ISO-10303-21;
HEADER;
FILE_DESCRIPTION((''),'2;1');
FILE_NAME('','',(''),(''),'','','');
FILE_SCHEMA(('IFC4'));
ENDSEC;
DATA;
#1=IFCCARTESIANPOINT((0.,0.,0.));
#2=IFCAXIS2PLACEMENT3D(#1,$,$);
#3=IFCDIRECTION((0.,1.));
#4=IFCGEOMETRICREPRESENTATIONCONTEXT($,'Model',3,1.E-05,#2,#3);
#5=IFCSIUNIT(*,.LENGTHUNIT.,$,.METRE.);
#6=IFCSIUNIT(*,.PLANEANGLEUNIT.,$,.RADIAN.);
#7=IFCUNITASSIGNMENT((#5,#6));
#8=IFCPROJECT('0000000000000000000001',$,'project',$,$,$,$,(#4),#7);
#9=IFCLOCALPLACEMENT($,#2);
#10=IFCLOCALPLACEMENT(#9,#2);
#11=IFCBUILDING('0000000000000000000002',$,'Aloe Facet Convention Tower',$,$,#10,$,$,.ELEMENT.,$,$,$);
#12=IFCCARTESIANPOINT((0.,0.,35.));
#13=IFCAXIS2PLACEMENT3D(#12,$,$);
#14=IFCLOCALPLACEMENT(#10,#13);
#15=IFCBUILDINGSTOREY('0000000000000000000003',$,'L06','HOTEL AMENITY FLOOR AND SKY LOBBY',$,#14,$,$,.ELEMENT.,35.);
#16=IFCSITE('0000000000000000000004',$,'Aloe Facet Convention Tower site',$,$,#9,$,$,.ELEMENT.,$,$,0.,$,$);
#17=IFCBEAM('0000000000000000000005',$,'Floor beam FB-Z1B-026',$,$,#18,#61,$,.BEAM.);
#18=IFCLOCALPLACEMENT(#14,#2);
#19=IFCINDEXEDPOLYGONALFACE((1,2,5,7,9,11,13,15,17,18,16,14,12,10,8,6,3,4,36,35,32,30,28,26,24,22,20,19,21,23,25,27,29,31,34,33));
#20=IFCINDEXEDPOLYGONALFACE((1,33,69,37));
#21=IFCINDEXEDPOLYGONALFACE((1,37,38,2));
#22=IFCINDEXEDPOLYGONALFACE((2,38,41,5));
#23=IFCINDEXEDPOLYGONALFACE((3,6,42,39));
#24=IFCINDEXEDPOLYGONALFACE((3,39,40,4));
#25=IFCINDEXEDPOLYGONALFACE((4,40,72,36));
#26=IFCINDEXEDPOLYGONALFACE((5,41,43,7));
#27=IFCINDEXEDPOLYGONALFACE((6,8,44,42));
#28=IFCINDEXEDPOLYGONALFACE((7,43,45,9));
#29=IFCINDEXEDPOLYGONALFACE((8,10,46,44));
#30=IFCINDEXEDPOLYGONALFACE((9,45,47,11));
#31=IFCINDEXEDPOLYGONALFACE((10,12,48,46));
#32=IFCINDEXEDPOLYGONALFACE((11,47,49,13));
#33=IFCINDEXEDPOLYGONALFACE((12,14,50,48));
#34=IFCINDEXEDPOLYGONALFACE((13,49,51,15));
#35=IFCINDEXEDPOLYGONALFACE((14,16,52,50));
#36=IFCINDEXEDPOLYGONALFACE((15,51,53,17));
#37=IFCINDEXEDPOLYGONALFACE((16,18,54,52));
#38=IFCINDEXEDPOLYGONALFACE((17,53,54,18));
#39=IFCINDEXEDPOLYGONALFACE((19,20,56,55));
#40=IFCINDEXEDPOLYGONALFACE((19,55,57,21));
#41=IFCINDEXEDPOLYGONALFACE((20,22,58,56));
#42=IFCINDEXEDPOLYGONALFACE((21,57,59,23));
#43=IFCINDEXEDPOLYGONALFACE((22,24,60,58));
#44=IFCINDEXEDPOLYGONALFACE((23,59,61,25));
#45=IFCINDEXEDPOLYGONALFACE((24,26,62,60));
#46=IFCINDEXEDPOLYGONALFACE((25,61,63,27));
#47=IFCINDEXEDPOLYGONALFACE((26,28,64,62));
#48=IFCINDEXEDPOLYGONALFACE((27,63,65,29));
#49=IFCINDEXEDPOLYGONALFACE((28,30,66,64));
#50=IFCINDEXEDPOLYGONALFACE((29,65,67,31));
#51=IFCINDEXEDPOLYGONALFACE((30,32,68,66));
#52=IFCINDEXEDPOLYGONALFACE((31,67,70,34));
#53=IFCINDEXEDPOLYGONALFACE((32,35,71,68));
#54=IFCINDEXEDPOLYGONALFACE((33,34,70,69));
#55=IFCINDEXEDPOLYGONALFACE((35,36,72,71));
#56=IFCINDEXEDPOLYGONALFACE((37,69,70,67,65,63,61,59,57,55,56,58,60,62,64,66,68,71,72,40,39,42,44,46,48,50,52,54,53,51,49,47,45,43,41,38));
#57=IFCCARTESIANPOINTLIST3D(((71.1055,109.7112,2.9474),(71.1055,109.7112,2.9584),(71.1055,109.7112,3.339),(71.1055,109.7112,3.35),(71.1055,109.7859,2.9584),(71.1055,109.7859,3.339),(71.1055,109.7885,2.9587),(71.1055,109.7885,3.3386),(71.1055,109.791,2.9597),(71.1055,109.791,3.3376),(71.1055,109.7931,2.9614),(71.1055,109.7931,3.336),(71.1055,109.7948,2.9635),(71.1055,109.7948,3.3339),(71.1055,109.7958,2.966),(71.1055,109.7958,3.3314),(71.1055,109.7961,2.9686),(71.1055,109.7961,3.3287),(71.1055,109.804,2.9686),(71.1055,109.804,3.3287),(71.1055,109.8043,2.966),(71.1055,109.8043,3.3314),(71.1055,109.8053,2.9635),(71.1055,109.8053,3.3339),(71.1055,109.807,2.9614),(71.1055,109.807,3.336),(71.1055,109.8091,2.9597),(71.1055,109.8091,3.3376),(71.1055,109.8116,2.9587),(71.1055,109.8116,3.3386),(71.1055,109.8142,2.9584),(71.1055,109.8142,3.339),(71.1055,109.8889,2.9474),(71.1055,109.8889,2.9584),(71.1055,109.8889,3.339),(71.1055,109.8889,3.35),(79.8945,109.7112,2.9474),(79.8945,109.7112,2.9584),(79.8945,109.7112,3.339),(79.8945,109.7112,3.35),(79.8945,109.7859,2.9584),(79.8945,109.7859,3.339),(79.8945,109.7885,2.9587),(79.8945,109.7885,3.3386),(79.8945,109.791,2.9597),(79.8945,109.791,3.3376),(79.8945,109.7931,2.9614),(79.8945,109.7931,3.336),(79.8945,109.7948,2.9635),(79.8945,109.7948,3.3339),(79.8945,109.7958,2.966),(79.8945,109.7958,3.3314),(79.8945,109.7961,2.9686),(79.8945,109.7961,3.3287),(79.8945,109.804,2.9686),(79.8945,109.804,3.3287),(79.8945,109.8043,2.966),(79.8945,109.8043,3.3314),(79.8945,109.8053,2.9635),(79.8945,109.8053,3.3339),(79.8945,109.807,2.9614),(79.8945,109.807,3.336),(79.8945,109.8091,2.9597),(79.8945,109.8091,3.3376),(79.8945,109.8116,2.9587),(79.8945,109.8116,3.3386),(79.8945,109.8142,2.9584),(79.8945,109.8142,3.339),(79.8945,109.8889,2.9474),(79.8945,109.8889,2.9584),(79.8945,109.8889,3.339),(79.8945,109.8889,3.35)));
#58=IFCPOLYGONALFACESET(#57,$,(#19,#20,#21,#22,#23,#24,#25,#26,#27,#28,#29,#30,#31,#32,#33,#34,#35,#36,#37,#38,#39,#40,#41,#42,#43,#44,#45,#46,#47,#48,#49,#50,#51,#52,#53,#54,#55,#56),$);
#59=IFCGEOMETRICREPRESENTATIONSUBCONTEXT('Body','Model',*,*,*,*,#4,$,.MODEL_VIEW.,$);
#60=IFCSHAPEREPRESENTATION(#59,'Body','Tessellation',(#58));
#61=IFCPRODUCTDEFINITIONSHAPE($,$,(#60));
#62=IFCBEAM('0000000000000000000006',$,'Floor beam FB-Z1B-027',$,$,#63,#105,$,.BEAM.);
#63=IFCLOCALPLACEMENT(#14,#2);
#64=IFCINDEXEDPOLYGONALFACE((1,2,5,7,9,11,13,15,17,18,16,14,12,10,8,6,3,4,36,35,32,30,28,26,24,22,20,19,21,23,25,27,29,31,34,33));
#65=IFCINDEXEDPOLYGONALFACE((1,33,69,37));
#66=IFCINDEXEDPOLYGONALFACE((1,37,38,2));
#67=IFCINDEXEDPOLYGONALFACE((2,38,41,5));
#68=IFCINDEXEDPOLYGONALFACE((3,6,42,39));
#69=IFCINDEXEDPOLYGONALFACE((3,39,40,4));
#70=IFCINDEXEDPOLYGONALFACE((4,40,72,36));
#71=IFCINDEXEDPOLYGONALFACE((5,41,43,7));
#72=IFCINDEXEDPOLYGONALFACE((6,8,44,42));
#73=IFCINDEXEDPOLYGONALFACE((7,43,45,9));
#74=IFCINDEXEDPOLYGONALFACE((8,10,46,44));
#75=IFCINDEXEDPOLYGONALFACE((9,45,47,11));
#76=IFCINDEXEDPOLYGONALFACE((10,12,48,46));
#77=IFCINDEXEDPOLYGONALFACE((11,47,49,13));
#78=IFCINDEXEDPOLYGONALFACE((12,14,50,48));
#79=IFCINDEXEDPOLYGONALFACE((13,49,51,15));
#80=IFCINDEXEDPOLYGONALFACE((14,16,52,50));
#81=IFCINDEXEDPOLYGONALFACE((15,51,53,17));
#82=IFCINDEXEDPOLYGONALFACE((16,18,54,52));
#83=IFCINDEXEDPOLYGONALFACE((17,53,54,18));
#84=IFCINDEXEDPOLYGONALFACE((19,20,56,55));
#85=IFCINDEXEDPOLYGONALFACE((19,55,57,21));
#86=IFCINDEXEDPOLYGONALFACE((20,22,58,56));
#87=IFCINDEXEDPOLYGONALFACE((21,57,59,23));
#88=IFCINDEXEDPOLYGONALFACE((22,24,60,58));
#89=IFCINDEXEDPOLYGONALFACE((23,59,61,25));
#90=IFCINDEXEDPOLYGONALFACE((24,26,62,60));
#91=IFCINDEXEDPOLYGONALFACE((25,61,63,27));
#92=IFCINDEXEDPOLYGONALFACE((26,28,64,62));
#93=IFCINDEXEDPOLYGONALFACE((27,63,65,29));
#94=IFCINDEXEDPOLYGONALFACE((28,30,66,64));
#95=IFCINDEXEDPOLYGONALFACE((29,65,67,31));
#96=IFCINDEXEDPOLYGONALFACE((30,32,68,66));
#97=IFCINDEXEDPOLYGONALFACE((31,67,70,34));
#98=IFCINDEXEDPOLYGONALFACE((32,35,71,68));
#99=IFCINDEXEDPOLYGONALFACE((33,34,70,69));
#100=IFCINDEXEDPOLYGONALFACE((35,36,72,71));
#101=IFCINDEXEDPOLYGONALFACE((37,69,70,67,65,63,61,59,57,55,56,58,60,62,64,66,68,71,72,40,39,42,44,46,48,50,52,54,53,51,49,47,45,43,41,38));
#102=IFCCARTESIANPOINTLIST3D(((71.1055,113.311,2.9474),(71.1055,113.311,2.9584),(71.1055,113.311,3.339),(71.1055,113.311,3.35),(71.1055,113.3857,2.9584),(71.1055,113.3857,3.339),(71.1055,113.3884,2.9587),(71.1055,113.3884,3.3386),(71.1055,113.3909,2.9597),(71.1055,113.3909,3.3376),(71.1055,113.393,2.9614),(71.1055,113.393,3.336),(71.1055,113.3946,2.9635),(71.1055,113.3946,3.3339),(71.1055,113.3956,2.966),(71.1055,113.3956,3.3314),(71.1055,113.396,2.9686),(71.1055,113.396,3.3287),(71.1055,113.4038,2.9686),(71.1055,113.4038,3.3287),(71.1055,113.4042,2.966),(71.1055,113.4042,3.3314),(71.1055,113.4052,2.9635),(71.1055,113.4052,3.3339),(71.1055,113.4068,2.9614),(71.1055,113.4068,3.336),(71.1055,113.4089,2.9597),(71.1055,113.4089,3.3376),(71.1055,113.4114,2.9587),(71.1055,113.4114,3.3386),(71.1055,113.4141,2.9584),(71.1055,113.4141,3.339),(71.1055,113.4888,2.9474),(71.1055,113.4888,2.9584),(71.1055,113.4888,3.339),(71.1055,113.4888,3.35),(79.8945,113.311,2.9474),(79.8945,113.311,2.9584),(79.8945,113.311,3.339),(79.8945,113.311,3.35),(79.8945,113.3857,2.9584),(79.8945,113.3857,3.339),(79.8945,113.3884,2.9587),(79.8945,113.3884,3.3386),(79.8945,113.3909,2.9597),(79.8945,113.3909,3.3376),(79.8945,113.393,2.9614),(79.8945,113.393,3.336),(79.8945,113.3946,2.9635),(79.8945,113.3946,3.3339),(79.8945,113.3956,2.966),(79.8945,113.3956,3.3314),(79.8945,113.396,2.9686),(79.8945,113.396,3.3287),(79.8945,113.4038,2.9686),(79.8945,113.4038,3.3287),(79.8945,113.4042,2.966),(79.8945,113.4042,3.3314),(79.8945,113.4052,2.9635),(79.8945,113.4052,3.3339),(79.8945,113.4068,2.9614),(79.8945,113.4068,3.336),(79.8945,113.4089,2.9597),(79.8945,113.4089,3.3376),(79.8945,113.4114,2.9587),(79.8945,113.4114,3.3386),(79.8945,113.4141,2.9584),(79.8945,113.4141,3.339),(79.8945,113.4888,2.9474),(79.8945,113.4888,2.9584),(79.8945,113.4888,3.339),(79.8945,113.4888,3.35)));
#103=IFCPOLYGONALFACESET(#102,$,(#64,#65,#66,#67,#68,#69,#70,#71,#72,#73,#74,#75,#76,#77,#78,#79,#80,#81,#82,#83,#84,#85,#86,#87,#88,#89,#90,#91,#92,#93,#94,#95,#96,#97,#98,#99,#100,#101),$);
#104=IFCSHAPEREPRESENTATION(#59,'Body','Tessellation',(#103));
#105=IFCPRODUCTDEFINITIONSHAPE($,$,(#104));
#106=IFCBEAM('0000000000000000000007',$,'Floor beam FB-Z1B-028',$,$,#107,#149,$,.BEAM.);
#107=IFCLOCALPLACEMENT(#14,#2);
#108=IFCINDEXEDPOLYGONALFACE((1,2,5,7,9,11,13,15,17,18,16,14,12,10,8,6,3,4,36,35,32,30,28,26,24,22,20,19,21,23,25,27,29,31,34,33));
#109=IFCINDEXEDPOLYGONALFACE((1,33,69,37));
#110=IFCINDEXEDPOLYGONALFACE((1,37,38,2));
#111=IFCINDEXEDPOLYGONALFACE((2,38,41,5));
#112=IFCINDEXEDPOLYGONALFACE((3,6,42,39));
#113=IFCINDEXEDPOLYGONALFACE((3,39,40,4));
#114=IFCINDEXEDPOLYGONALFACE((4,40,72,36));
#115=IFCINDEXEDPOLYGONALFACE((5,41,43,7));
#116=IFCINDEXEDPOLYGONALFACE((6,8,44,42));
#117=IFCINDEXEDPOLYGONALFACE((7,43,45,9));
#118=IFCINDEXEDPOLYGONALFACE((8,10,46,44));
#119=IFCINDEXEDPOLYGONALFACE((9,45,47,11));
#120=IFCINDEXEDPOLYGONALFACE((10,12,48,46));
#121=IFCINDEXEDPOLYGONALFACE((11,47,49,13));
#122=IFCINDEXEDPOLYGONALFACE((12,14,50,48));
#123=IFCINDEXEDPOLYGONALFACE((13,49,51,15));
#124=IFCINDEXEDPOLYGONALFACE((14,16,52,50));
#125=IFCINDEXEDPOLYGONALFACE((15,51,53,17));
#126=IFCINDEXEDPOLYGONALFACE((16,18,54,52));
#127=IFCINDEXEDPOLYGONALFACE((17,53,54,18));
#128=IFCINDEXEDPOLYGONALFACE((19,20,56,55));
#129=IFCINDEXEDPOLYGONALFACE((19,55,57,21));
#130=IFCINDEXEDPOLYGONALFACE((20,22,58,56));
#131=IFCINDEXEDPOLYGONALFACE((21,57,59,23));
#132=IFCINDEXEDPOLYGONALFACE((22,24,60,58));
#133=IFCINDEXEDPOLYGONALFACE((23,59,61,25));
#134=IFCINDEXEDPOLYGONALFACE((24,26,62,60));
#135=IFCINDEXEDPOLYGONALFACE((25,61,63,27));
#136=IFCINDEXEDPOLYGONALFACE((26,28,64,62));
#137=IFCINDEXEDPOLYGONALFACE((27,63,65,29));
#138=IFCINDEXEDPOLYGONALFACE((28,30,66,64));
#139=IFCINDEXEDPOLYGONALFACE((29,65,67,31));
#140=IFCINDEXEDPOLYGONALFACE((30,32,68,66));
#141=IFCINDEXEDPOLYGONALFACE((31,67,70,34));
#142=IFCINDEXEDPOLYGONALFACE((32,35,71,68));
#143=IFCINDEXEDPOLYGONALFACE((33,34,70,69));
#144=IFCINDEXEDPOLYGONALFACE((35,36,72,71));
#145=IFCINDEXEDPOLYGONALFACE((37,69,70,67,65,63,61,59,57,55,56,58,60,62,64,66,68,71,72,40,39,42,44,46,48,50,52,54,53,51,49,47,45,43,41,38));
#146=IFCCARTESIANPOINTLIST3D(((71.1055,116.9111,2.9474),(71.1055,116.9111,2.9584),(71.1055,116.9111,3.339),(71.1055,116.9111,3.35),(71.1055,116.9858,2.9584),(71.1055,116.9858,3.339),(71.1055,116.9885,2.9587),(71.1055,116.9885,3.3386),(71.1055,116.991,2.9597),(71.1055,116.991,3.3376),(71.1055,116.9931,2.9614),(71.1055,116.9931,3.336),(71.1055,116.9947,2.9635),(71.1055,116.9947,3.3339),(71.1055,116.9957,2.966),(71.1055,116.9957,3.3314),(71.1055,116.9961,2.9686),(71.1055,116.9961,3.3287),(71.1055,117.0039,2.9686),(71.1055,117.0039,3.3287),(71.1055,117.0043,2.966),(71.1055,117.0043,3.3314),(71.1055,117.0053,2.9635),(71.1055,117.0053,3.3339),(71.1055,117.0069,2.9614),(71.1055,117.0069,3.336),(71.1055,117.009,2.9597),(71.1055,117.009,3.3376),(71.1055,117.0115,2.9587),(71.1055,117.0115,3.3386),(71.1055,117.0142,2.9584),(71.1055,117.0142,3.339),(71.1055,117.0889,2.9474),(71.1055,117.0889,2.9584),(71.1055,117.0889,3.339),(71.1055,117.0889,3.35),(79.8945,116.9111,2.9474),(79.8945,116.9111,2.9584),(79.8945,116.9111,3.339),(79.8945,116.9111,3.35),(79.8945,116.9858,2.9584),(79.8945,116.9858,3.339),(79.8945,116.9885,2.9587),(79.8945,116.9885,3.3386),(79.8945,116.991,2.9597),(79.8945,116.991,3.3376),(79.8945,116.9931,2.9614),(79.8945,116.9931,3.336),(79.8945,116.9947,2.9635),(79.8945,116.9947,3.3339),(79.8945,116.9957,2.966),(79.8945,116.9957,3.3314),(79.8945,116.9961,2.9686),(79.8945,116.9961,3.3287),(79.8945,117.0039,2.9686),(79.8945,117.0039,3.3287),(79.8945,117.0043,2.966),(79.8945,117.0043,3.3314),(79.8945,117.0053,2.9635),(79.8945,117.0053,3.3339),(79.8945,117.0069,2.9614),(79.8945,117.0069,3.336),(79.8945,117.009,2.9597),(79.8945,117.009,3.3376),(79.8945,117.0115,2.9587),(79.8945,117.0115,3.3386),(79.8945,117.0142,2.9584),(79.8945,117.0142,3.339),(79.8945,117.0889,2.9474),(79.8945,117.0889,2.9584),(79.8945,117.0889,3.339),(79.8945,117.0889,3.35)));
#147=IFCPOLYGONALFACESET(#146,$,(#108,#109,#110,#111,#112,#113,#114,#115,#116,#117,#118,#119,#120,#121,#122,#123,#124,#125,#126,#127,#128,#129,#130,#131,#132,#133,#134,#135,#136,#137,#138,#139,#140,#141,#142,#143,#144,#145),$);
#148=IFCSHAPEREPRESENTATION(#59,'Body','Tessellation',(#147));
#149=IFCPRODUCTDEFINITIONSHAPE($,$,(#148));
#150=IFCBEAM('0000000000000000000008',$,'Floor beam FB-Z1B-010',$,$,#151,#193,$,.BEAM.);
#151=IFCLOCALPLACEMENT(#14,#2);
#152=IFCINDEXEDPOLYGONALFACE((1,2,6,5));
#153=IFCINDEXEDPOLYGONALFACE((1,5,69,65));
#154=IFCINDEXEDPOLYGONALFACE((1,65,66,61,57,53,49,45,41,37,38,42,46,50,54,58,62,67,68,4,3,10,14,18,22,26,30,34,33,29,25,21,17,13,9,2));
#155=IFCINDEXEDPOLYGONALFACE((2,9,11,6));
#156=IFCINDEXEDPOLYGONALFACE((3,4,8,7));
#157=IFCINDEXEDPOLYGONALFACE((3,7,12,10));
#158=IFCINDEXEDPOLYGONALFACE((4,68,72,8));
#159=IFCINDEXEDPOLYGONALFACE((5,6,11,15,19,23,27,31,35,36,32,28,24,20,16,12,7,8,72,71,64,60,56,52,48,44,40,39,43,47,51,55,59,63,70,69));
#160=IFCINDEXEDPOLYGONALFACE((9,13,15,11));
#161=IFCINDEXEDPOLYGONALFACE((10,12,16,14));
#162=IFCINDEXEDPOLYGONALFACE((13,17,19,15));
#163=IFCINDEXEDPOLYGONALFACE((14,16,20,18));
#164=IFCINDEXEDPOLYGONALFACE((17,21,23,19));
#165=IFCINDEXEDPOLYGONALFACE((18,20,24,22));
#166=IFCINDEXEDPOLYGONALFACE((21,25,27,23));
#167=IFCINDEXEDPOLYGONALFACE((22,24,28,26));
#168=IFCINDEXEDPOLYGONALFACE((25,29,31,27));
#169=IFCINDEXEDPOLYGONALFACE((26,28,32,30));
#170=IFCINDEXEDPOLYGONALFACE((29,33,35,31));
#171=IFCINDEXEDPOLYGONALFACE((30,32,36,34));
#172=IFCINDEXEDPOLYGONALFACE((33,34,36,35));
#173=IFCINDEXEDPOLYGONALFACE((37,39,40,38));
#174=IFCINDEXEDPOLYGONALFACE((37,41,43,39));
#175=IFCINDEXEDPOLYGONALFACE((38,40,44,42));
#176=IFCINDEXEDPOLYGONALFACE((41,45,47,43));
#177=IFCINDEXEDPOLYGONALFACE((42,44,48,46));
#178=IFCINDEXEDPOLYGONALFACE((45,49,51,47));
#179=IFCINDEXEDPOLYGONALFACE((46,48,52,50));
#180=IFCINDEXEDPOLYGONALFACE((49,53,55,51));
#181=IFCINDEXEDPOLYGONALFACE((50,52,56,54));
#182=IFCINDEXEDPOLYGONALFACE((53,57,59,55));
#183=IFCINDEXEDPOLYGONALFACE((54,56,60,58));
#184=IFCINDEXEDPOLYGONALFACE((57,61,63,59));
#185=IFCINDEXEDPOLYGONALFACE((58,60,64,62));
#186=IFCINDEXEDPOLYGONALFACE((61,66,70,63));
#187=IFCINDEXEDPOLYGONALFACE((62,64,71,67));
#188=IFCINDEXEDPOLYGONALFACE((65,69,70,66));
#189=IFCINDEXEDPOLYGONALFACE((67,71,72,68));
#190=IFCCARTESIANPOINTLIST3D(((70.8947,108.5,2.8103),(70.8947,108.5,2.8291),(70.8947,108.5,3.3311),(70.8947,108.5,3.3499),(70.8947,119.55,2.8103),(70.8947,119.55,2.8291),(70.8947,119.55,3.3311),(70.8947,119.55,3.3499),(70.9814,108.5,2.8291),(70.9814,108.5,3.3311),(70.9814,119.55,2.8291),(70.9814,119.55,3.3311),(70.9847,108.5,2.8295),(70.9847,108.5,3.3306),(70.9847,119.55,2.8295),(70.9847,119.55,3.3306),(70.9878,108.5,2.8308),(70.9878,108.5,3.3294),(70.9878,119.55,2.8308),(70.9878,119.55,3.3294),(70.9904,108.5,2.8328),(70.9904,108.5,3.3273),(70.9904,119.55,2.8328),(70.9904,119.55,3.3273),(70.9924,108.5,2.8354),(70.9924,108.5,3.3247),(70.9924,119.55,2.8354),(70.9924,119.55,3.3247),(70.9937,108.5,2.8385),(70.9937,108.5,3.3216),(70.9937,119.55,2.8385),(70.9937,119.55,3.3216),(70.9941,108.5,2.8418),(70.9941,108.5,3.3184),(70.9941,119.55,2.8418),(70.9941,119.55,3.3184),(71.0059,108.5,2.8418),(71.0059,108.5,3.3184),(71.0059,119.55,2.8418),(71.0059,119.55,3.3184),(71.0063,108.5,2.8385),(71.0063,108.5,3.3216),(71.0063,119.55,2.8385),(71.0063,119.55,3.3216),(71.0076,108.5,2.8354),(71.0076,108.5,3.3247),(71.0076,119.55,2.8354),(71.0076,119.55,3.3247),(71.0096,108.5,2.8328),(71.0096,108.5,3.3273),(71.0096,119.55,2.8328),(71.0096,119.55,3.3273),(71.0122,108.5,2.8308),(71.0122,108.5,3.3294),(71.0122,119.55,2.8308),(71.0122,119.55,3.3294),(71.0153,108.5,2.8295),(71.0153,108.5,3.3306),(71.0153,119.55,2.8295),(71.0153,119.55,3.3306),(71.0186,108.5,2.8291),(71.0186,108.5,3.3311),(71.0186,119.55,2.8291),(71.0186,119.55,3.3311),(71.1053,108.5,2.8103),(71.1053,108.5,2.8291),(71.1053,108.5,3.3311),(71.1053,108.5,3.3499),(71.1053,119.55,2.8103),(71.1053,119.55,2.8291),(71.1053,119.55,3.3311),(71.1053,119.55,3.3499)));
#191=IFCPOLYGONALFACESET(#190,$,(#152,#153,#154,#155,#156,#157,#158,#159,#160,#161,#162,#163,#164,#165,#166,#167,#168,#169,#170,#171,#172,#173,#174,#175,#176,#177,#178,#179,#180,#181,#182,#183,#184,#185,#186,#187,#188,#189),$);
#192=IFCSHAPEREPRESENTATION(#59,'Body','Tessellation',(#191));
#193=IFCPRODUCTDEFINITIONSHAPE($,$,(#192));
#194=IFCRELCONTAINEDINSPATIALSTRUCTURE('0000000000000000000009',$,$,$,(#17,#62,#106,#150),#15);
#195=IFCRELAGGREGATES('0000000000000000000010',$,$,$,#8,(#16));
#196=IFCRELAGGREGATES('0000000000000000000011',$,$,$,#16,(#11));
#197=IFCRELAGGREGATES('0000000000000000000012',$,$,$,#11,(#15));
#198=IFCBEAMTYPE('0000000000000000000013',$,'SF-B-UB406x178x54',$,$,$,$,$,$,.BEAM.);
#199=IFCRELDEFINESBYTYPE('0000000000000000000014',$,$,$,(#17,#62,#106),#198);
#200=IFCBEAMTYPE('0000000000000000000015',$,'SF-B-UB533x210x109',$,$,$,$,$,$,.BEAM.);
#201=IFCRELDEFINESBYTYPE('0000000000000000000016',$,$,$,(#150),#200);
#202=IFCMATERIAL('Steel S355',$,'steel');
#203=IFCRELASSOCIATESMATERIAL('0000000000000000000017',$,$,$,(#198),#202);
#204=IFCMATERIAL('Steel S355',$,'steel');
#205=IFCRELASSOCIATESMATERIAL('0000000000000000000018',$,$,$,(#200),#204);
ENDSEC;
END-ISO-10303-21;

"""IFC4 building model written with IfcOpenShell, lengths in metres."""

from ifc_helpers import new_model, si_unit, direction, frame, origin, origin_2d, place, context, subcontext, project, spatial, i_section, extrude, material, material_profile, profile_set, type_object, element, save


model = new_model("IFC4")

# Units and contexts
model_context = context("Model", 3, precision=1e-05, world=origin(), true_north=direction((0.0, 1.0)))
body_context = subcontext(model_context, "Body", "Model", "MODEL_VIEW")
ifc_project = project(units=[si_unit("LENGTHUNIT", "METRE"), si_unit("PLANEANGLEUNIT", "RADIAN")], contexts=[model_context])

# Site, building, storey
site_placement = place(None, origin())
site = spatial("IfcSite", under=ifc_project, at=site_placement, Name="Aloe Facet Convention Tower site", CompositionType="ELEMENT", RefElevation=0.0)
building_placement = place(site_placement, origin())
building = spatial("IfcBuilding", under=site, at=building_placement, Name="Aloe Facet Convention Tower", CompositionType="ELEMENT")
storey_placement = place(building_placement, frame((0.0, 0.0, 35.0)))
storey = spatial("IfcBuildingStorey", under=building, at=storey_placement, Name="L06", Description="HOTEL AMENITY FLOOR AND SKY LOBBY", CompositionType="ELEMENT", Elevation=35.0)

# Beams
ifc_material_1 = material(Name="Steel S355", Category="steel")
ifc_material_profile_1 = material_profile(ifc_material_1, i_section(OverallWidth=0.1777, OverallDepth=0.4026, WebThickness=0.0078, FlangeThickness=0.011, FilletRadius=0.0103, at=origin_2d()), Name="UB 406x178x54")
ifc_profile_set_1 = profile_set([ifc_material_profile_1], Name="Steel S355")
beam_type_1 = type_object("IfcBeamType", Name="SF-B-UB406x178x54", PredefinedType="BEAM", material=ifc_profile_set_1)
for number, where, z_axis, x_axis, name in (
    (1, (71.1055, 109.8, 3.1487), (1.0, 0.0, 0.0), (0.0, 1.0, 0.0), "Floor beam FB-Z1B-026"),
    (2, (71.1055, 113.3999, 3.1487), (1.0, 0.0, 0.0), (0.0, 1.0, 0.0), "Floor beam FB-Z1B-027"),
    (3, (71.1055, 117.0, 3.1487), (1.0, 0.0, 0.0), (0.0, 1.0, 0.0), "Floor beam FB-Z1B-028"),
):
    element("IfcBeam", number, at=place(storey_placement, frame(where, z_axis=z_axis, x_axis=x_axis)), inside=storey, type_object=beam_type_1, Name=name, PredefinedType="BEAM", context=body_context, shape_type="SweptSolid", body=[
        extrude(i_section(OverallWidth=0.1777, OverallDepth=0.4026, WebThickness=0.0078, FlangeThickness=0.011, FilletRadius=0.0103, at=origin_2d()), origin(), (0.0, 0.0, 1.0), 8.7891),
    ])
ifc_material_2 = material(Name="Steel S355", Category="steel")
ifc_material_profile_2 = material_profile(ifc_material_2, i_section(OverallWidth=0.2107, OverallDepth=0.5396, WebThickness=0.0117, FlangeThickness=0.0188, FilletRadius=0.0127, at=origin_2d()), Name="UB 533x210x109")
ifc_profile_set_2 = profile_set([ifc_material_profile_2], Name="Steel S355")
beam_type_2 = type_object("IfcBeamType", Name="SF-B-UB533x210x109", PredefinedType="BEAM", material=ifc_profile_set_2)
beam_placement = place(storey_placement, frame((71.0, 119.55, 3.0801), z_axis=(0.0, -1.0, 0.0), x_axis=(1.0, 0.0, 0.0)))
element("IfcBeam", 4, at=beam_placement, inside=storey, type_object=beam_type_2, Name="Floor beam FB-Z1B-010", PredefinedType="BEAM", context=body_context, shape_type="SweptSolid", body=[
    extrude(i_section(OverallWidth=0.2107, OverallDepth=0.5396, WebThickness=0.0117, FlangeThickness=0.0188, FilletRadius=0.0127, at=origin_2d()), origin(), (0.0, 0.0, 1.0), 11.05),
])

save(model, "model.ifc")
